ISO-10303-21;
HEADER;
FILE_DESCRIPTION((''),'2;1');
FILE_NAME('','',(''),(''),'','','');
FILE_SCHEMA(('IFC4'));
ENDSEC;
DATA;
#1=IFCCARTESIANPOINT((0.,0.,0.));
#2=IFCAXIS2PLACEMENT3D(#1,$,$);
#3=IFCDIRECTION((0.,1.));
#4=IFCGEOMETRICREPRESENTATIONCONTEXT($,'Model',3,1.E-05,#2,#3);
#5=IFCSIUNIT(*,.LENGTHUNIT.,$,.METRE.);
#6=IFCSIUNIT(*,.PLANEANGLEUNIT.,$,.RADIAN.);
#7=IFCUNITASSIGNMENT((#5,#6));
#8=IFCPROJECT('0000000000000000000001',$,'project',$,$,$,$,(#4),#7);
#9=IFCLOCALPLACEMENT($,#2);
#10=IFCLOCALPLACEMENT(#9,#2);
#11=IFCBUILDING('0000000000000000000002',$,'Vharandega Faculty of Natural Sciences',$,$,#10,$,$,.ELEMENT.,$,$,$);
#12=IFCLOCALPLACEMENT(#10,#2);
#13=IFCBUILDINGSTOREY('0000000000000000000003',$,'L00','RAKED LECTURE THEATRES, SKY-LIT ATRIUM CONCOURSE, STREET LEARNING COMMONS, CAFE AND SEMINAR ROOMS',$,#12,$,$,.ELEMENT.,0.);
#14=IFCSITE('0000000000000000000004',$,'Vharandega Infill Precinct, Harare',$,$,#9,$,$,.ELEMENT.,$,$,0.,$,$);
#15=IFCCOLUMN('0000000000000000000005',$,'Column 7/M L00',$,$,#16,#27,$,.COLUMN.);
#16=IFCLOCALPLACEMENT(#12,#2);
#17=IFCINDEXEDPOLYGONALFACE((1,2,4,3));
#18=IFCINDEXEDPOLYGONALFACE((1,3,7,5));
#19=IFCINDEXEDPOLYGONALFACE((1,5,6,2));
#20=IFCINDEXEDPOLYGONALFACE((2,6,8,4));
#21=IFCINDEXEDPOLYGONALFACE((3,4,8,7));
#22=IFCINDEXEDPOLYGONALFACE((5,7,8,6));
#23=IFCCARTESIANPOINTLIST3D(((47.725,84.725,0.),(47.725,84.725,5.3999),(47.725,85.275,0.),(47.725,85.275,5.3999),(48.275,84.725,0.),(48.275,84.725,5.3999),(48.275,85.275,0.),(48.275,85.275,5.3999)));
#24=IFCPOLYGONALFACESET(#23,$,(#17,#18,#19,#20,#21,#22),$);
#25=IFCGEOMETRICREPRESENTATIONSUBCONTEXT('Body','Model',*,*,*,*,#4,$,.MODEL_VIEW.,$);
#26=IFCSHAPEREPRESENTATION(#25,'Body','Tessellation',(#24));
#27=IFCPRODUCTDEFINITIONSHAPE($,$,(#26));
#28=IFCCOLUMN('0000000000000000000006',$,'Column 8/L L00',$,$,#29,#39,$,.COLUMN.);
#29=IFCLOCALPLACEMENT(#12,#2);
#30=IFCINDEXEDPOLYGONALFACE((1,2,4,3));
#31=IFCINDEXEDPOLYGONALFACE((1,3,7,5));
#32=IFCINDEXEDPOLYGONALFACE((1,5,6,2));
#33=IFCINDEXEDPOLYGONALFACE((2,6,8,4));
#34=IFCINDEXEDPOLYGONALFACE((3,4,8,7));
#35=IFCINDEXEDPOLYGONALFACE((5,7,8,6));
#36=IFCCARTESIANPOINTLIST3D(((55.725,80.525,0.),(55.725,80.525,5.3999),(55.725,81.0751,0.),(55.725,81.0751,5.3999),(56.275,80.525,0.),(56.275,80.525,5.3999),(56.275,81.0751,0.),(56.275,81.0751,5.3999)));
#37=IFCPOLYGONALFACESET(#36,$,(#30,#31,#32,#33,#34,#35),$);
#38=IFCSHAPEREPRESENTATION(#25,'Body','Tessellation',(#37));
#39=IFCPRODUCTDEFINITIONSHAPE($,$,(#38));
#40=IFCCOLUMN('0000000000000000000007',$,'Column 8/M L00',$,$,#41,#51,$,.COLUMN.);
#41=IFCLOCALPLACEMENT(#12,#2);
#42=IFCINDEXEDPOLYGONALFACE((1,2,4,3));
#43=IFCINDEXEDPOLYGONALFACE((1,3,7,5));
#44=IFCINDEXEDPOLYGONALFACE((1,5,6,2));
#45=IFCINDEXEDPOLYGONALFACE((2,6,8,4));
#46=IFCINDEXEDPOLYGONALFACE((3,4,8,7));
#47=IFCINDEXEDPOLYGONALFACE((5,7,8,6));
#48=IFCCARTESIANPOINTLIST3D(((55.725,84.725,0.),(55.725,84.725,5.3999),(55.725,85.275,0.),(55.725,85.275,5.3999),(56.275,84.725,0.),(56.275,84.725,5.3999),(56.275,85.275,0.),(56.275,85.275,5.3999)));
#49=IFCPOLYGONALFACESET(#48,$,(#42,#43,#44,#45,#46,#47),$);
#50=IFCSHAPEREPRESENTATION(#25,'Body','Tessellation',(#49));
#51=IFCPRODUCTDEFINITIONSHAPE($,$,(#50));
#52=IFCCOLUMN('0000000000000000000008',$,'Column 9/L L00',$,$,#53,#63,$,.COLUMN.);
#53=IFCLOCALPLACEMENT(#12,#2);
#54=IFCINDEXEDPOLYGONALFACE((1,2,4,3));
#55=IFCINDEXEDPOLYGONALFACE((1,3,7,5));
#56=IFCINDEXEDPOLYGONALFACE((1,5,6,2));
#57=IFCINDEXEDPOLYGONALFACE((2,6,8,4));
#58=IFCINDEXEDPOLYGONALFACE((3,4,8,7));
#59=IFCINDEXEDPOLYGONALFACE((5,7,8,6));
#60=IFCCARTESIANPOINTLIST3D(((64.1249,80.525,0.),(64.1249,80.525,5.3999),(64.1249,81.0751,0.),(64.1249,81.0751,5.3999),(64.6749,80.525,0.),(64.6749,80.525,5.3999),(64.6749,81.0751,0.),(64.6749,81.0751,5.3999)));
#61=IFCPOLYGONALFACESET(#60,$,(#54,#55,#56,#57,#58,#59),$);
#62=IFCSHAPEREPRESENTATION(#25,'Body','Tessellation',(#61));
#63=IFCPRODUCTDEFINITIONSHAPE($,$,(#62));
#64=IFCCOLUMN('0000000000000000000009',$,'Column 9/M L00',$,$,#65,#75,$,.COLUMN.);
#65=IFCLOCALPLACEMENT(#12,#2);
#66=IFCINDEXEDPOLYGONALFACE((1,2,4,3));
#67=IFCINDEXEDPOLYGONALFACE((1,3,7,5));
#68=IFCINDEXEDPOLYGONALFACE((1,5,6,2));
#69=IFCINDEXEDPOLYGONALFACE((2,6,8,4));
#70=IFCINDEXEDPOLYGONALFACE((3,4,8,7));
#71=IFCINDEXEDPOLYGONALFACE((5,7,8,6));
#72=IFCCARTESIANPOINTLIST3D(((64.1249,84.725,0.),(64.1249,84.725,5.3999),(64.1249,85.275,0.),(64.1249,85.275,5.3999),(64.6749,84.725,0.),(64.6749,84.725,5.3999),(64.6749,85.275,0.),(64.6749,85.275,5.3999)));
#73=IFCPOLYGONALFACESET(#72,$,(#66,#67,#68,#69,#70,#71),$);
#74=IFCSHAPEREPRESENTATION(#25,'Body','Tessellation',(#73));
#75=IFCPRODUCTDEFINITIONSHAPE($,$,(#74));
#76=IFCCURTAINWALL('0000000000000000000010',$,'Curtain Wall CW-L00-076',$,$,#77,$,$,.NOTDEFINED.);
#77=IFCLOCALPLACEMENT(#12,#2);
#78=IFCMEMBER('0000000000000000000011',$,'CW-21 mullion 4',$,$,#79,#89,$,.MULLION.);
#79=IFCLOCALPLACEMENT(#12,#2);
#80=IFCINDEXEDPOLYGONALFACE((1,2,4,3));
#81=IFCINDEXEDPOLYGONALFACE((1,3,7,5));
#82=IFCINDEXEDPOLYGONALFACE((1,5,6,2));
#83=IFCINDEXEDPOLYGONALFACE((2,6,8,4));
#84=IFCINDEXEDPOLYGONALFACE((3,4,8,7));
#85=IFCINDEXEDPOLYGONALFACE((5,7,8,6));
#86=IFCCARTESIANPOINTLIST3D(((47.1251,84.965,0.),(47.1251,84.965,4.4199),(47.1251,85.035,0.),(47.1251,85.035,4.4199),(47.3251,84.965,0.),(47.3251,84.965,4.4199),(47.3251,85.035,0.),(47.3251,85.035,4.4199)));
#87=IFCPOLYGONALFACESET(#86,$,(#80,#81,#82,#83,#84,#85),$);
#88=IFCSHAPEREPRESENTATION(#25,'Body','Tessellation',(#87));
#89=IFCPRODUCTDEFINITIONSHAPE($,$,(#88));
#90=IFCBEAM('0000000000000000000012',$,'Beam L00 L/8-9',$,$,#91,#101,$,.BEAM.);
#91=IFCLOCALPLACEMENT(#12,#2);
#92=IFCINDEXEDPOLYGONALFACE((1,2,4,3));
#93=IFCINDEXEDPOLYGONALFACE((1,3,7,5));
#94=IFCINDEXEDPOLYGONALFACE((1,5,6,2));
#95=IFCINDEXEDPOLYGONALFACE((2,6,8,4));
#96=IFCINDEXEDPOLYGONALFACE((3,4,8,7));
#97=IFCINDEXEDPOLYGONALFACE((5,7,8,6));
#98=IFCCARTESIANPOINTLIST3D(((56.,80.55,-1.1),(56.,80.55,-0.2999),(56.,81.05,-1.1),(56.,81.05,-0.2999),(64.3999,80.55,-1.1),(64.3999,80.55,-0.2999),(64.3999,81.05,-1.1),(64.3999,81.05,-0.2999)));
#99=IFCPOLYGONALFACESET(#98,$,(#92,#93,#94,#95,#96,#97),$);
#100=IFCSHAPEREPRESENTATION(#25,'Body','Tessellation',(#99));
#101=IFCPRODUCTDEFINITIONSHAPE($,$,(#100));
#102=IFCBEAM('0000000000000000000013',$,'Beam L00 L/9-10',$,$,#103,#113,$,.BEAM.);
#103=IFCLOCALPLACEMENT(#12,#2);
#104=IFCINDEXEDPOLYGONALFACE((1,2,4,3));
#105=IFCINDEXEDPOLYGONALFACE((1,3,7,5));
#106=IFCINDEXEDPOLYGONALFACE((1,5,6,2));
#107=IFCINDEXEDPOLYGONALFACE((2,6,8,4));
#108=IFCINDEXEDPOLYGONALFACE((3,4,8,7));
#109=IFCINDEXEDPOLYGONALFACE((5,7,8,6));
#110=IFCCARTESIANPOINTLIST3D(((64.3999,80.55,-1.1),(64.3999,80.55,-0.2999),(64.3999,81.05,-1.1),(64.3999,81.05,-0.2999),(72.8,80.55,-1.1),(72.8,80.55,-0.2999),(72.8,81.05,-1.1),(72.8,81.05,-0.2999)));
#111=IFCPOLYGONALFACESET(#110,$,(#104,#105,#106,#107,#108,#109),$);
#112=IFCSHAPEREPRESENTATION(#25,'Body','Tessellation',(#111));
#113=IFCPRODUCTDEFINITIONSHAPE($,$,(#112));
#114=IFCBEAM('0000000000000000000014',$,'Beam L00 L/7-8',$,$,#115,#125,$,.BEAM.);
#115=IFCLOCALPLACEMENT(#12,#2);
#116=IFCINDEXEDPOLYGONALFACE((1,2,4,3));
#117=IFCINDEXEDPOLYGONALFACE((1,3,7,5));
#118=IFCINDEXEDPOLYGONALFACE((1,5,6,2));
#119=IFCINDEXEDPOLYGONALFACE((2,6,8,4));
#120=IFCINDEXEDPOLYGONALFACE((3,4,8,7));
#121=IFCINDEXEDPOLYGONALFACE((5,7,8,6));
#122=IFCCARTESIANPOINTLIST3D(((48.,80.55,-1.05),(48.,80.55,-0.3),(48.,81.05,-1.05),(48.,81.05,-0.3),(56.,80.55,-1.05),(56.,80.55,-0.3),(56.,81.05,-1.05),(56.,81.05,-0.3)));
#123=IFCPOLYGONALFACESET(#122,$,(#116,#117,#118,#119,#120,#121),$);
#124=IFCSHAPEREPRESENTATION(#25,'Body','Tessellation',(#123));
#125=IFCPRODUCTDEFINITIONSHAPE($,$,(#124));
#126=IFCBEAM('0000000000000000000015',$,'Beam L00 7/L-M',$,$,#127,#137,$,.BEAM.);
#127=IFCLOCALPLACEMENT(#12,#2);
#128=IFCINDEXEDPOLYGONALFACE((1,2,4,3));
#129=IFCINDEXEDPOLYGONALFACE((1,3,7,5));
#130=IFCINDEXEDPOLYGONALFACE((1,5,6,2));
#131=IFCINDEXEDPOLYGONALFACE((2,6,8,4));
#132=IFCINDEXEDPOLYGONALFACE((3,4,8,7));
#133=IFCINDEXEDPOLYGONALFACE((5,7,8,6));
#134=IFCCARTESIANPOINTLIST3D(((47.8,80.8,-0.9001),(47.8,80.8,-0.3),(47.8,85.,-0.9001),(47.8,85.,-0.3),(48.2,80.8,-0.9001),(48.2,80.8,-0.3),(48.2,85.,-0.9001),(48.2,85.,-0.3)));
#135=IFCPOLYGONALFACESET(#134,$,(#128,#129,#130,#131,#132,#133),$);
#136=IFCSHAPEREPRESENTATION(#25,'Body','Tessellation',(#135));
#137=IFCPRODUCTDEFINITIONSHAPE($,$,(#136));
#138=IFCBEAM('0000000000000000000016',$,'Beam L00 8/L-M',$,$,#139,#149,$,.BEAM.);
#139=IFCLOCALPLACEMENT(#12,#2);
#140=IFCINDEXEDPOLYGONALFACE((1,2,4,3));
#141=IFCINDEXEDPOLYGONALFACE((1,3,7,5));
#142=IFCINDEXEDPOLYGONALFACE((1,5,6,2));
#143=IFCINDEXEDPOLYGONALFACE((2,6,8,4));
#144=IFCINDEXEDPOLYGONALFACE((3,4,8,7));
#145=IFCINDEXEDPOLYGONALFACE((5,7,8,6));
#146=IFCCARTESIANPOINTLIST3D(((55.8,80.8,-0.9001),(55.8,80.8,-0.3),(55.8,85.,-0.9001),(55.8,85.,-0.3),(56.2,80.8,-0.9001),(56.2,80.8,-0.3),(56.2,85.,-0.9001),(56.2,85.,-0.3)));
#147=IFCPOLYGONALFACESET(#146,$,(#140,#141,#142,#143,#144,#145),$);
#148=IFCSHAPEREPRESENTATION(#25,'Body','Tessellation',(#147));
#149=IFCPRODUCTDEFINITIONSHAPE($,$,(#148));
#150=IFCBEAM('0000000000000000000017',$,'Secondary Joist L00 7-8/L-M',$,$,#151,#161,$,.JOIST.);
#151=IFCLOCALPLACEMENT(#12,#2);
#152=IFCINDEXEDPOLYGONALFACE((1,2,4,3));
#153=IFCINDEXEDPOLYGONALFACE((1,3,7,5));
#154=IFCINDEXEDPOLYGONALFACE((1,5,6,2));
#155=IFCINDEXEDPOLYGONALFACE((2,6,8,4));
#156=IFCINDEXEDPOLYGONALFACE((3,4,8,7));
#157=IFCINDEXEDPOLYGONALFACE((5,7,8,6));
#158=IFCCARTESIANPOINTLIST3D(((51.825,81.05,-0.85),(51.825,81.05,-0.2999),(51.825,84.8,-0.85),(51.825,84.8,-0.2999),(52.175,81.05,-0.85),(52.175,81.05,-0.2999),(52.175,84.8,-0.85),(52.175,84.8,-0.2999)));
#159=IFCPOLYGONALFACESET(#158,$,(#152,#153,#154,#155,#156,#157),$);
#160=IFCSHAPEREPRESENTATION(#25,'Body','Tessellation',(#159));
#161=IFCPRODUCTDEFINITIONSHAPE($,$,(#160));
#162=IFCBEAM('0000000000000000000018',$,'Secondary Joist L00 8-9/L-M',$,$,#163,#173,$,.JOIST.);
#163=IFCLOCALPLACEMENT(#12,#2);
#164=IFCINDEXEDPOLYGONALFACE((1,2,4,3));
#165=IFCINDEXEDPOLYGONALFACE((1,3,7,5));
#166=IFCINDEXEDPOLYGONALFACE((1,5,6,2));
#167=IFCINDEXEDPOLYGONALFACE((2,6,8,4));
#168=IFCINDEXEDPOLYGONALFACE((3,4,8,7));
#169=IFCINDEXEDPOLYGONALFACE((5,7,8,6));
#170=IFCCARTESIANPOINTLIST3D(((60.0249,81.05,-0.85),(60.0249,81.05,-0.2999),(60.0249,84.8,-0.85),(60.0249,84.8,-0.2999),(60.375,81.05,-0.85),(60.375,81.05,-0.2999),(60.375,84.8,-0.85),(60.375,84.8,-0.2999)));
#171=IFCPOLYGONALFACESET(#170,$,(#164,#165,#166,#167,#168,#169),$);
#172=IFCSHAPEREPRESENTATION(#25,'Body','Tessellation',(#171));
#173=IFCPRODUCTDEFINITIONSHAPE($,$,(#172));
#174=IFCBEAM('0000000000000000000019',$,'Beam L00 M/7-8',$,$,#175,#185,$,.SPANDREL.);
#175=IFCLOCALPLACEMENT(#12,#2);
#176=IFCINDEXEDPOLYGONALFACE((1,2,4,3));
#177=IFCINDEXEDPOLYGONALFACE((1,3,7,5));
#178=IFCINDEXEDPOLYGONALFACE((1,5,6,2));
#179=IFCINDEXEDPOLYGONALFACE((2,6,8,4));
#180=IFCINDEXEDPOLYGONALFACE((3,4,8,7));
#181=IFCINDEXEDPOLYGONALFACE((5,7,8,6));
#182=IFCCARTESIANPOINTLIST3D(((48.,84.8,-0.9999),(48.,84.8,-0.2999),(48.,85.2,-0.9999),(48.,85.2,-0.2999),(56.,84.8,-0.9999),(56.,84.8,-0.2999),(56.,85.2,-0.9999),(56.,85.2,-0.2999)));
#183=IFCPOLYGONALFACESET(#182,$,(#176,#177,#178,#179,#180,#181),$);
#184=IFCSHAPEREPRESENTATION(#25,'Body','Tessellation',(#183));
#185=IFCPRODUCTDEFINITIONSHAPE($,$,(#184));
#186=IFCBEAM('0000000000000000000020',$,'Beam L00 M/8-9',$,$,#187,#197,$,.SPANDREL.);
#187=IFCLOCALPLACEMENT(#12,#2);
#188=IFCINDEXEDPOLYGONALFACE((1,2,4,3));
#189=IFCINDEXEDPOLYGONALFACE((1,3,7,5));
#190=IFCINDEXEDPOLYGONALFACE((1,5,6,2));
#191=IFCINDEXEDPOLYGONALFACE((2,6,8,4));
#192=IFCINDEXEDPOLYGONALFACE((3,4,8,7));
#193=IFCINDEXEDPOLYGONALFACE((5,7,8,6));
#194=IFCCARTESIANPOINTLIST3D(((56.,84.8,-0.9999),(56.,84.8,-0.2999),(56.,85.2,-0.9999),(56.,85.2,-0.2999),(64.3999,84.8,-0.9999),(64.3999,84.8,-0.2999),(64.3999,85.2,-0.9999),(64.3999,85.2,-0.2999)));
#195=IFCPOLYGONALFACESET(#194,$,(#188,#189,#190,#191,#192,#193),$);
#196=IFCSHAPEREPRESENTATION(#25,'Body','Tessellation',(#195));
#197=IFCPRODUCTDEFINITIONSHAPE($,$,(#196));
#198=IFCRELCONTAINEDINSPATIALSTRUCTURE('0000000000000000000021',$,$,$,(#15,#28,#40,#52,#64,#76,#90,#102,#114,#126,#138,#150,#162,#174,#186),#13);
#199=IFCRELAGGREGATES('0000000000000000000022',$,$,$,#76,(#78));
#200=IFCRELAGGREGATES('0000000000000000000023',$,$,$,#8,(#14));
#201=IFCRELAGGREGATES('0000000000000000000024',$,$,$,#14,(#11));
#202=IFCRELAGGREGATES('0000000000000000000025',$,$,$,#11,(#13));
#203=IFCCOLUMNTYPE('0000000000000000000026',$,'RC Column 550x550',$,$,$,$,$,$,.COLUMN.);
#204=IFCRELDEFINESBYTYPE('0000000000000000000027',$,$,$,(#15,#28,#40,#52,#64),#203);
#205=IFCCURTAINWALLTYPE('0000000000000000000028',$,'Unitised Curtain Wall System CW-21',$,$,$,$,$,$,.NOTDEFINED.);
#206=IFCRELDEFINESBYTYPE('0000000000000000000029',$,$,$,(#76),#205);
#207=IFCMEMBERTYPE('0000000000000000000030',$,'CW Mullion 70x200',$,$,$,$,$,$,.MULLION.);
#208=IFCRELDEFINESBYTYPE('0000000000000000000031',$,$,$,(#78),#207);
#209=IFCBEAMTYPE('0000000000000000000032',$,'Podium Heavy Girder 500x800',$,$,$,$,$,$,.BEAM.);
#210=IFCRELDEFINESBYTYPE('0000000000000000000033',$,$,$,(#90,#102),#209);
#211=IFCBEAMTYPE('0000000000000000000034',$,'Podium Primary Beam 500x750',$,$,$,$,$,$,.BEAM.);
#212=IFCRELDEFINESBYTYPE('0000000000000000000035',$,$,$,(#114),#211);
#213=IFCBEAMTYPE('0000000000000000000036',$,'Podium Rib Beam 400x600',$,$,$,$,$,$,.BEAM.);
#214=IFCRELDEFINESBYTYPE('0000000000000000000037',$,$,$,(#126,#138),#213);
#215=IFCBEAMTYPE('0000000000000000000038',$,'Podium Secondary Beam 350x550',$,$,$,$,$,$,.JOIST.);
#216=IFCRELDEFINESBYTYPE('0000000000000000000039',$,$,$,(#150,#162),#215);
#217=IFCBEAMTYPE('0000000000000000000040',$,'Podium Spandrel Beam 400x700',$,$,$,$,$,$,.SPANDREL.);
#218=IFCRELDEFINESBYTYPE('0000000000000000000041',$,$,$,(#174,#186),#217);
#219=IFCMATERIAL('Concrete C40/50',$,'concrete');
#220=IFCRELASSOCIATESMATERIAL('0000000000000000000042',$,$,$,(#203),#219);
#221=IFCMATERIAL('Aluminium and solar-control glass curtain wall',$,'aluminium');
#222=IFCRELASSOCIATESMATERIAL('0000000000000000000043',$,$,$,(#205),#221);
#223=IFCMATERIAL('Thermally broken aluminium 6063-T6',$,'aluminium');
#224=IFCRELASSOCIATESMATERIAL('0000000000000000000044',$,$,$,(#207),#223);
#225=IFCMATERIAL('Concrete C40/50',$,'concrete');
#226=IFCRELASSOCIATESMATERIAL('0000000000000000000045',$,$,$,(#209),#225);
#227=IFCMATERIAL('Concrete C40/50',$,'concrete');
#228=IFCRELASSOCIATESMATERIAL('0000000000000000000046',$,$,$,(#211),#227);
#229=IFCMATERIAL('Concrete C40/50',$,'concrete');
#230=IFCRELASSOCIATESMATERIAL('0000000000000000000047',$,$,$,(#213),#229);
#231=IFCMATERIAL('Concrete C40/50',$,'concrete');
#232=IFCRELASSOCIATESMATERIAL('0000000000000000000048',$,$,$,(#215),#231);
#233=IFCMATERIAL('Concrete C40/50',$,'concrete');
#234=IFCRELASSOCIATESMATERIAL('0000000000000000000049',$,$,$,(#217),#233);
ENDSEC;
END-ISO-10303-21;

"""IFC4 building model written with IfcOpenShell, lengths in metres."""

from ifc_helpers import new_model, si_unit, direction, frame, origin, origin_2d, place, context, subcontext, project, spatial, rectangle, extrude, material, material_profile, profile_set, type_object, element, aggregate, save


model = new_model("IFC4")

# Units and contexts
model_context = context("Model", 3, precision=1e-05, world=origin(), true_north=direction((0.0, 1.0)))
body_context = subcontext(model_context, "Body", "Model", "MODEL_VIEW")
ifc_project = project(units=[si_unit("LENGTHUNIT", "METRE"), si_unit("PLANEANGLEUNIT", "RADIAN")], contexts=[model_context])

# Site, building, storey
site_placement = place(None, origin())
site = spatial("IfcSite", under=ifc_project, at=site_placement, Name="Vharandega Infill Precinct, Harare", CompositionType="ELEMENT", RefElevation=0.0)
building_placement = place(site_placement, origin())
building = spatial("IfcBuilding", under=site, at=building_placement, Name="Vharandega Faculty of Natural Sciences", CompositionType="ELEMENT")
storey_placement = place(building_placement, origin())
storey = spatial("IfcBuildingStorey", under=building, at=storey_placement, Name="L00", Description="RAKED LECTURE THEATRES, SKY-LIT ATRIUM CONCOURSE, STREET LEARNING COMMONS, CAFE AND SEMINAR ROOMS", CompositionType="ELEMENT", Elevation=0.0)

# Columns
ifc_material_1 = material(Name="Concrete C40/50", Category="concrete")
ifc_material_profile_1 = material_profile(ifc_material_1, rectangle(XDim=0.55, YDim=0.55, at=origin_2d()), Name="RC 550x550")
ifc_profile_set_1 = profile_set([ifc_material_profile_1], Name="Concrete C40/50")
column_type = type_object("IfcColumnType", Name="RC Column 550x550", PredefinedType="COLUMN", material=ifc_profile_set_1)
for number, where, z_axis, x_axis, name in (
    (1, (48.0, 85.0, 0.0), (0.0, 0.0, 1.0), (1.0, 0.0, 0.0), "Column 7/M L00"),
    (2, (56.0, 80.8, 0.0), (0.0, 0.0, 1.0), (1.0, 0.0, 0.0), "Column 8/L L00"),
    (3, (56.0, 85.0, 0.0), (0.0, 0.0, 1.0), (1.0, 0.0, 0.0), "Column 8/M L00"),
    (4, (64.3999, 80.8, 0.0), (0.0, 0.0, 1.0), (1.0, 0.0, 0.0), "Column 9/L L00"),
    (5, (64.3999, 85.0, 0.0), (0.0, 0.0, 1.0), (1.0, 0.0, 0.0), "Column 9/M L00"),
):
    element("IfcColumn", number, at=place(storey_placement, frame(where, z_axis=z_axis, x_axis=x_axis)), inside=storey, type_object=column_type, Name=name, PredefinedType="COLUMN", context=body_context, shape_type="SweptSolid", body=[
        extrude(rectangle(XDim=0.55, YDim=0.55, at=origin_2d()), origin(), (0.0, 0.0, 1.0), 5.3999),
    ])

# Curtain wall, member
ifc_material_2 = material(Name="Aluminium and solar-control glass curtain wall", Category="aluminium")
curtain_wall_type = type_object("IfcCurtainWallType", Name="Unitised Curtain Wall System CW-21", PredefinedType="NOTDEFINED", material=ifc_material_2)
curtain_wall_placement = place(storey_placement, origin())
curtain_wall = element("IfcCurtainWall", 6, at=curtain_wall_placement, inside=storey, type_object=curtain_wall_type, Name="Curtain Wall CW-L00-076", PredefinedType="NOTDEFINED")
ifc_material_3 = material(Name="Thermally broken aluminium 6063-T6", Category="aluminium")
ifc_material_profile_2 = material_profile(ifc_material_3, rectangle(XDim=0.0701, YDim=0.2, at=origin_2d()), Name="ALU 70x200")
ifc_profile_set_2 = profile_set([ifc_material_profile_2], Name="Thermally broken aluminium 6063-T6")
member_type = type_object("IfcMemberType", Name="CW Mullion 70x200", PredefinedType="MULLION", material=ifc_profile_set_2)
member_placement = place(storey_placement, frame((47.2251, 85.0, 0.0), z_axis=(0.0, 0.0, 1.0), x_axis=(0.0, 1.0, 0.0)))
member = element("IfcMember", 7, at=member_placement, type_object=member_type, Name="CW-21 mullion 4", PredefinedType="MULLION", context=body_context, shape_type="SweptSolid", body=[
    extrude(rectangle(XDim=0.0701, YDim=0.2, at=origin_2d()), origin(), (0.0, 0.0, 1.0), 4.4199),
])

# Beams
ifc_material_4 = material(Name="Concrete C40/50", Category="concrete")
ifc_material_profile_3 = material_profile(ifc_material_4, rectangle(XDim=0.5, YDim=0.8, at=origin_2d()), Name="RC 500x800")
ifc_profile_set_3 = profile_set([ifc_material_profile_3], Name="Concrete C40/50")
beam_type_1 = type_object("IfcBeamType", Name="Podium Heavy Girder 500x800", PredefinedType="BEAM", material=ifc_profile_set_3)
beam_1_placement = place(storey_placement, frame((56.0, 80.8, -0.7), z_axis=(1.0, 0.0, 0.0), x_axis=(0.0, 1.0, 0.0)))
element("IfcBeam", 8, at=beam_1_placement, inside=storey, type_object=beam_type_1, Name="Beam L00 L/8-9", PredefinedType="BEAM", context=body_context, shape_type="SweptSolid", body=[
    extrude(rectangle(XDim=0.5, YDim=0.8, at=origin_2d()), origin(), (0.0, 0.0, 1.0), 8.3999),
])
beam_2_placement = place(storey_placement, frame((64.3999, 80.8, -0.7), z_axis=(1.0, 0.0, 0.0), x_axis=(0.0, 1.0, 0.0)))
element("IfcBeam", 9, at=beam_2_placement, inside=storey, type_object=beam_type_1, Name="Beam L00 L/9-10", PredefinedType="BEAM", context=body_context, shape_type="SweptSolid", body=[
    extrude(rectangle(XDim=0.5, YDim=0.8, at=origin_2d()), origin(), (0.0, 0.0, 1.0), 8.4001),
])
ifc_material_5 = material(Name="Concrete C40/50", Category="concrete")
ifc_material_profile_4 = material_profile(ifc_material_5, rectangle(XDim=0.5, YDim=0.75, at=origin_2d()), Name="RC 500x750")
ifc_profile_set_4 = profile_set([ifc_material_profile_4], Name="Concrete C40/50")
beam_type_2 = type_object("IfcBeamType", Name="Podium Primary Beam 500x750", PredefinedType="BEAM", material=ifc_profile_set_4)
beam_3_placement = place(storey_placement, frame((48.0, 80.8, -0.675), z_axis=(1.0, 0.0, 0.0), x_axis=(0.0, 1.0, 0.0)))
element("IfcBeam", 10, at=beam_3_placement, inside=storey, type_object=beam_type_2, Name="Beam L00 L/7-8", PredefinedType="BEAM", context=body_context, shape_type="SweptSolid", body=[
    extrude(rectangle(XDim=0.5, YDim=0.75, at=origin_2d()), origin(), (0.0, 0.0, 1.0), 8.0),
])
ifc_material_6 = material(Name="Concrete C40/50", Category="concrete")
ifc_material_profile_5 = material_profile(ifc_material_6, rectangle(XDim=0.3999, YDim=0.6001, at=origin_2d()), Name="RC 400x600")
ifc_profile_set_5 = profile_set([ifc_material_profile_5], Name="Concrete C40/50")
beam_type_3 = type_object("IfcBeamType", Name="Podium Rib Beam 400x600", PredefinedType="BEAM", material=ifc_profile_set_5)
for number, where, z_axis, x_axis, name in (
    (11, (48.0, 80.8, -0.6001), (0.0, 1.0, 0.0), (-1.0, 0.0, 0.0), "Beam L00 7/L-M"),
    (12, (56.0, 80.8, -0.6001), (0.0, 1.0, 0.0), (-1.0, 0.0, 0.0), "Beam L00 8/L-M"),
):
    element("IfcBeam", number, at=place(storey_placement, frame(where, z_axis=z_axis, x_axis=x_axis)), inside=storey, type_object=beam_type_3, Name=name, PredefinedType="BEAM", context=body_context, shape_type="SweptSolid", body=[
        extrude(rectangle(XDim=0.3999, YDim=0.6001, at=origin_2d()), origin(), (0.0, 0.0, 1.0), 4.2),
    ])
ifc_material_7 = material(Name="Concrete C40/50", Category="concrete")
ifc_material_profile_6 = material_profile(ifc_material_7, rectangle(XDim=0.3501, YDim=0.55, at=origin_2d()), Name="RC 350x550")
ifc_profile_set_6 = profile_set([ifc_material_profile_6], Name="Concrete C40/50")
beam_type_4 = type_object("IfcBeamType", Name="Podium Secondary Beam 350x550", PredefinedType="JOIST", material=ifc_profile_set_6)
for number, where, z_axis, x_axis, name in (
    (13, (52.0, 81.05, -0.575), (0.0, 1.0, 0.0), (-1.0, 0.0, 0.0), "Secondary Joist L00 7-8/L-M"),
    (14, (60.2, 81.05, -0.575), (0.0, 1.0, 0.0), (-1.0, 0.0, 0.0), "Secondary Joist L00 8-9/L-M"),
):
    element("IfcBeam", number, at=place(storey_placement, frame(where, z_axis=z_axis, x_axis=x_axis)), inside=storey, type_object=beam_type_4, Name=name, PredefinedType="JOIST", context=body_context, shape_type="SweptSolid", body=[
        extrude(rectangle(XDim=0.3501, YDim=0.55, at=origin_2d()), origin(), (0.0, 0.0, 1.0), 3.75),
    ])
ifc_material_8 = material(Name="Concrete C40/50", Category="concrete")
ifc_material_profile_7 = material_profile(ifc_material_8, rectangle(XDim=0.3999, YDim=0.7, at=origin_2d()), Name="RC 400x700")
ifc_profile_set_7 = profile_set([ifc_material_profile_7], Name="Concrete C40/50")
beam_type_5 = type_object("IfcBeamType", Name="Podium Spandrel Beam 400x700", PredefinedType="SPANDREL", material=ifc_profile_set_7)
beam_4_placement = place(storey_placement, frame((48.0, 85.0, -0.6499), z_axis=(1.0, 0.0, 0.0), x_axis=(0.0, 1.0, 0.0)))
element("IfcBeam", 15, at=beam_4_placement, inside=storey, type_object=beam_type_5, Name="Beam L00 M/7-8", PredefinedType="SPANDREL", context=body_context, shape_type="SweptSolid", body=[
    extrude(rectangle(XDim=0.3999, YDim=0.7, at=origin_2d()), origin(), (0.0, 0.0, 1.0), 8.0),
])
beam_5_placement = place(storey_placement, frame((56.0, 85.0, -0.6499), z_axis=(1.0, 0.0, 0.0), x_axis=(0.0, 1.0, 0.0)))
element("IfcBeam", 16, at=beam_5_placement, inside=storey, type_object=beam_type_5, Name="Beam L00 M/8-9", PredefinedType="SPANDREL", context=body_context, shape_type="SweptSolid", body=[
    extrude(rectangle(XDim=0.3999, YDim=0.7, at=origin_2d()), origin(), (0.0, 0.0, 1.0), 8.3999),
])

aggregate(curtain_wall, [member])

save(model, "model.ifc")
